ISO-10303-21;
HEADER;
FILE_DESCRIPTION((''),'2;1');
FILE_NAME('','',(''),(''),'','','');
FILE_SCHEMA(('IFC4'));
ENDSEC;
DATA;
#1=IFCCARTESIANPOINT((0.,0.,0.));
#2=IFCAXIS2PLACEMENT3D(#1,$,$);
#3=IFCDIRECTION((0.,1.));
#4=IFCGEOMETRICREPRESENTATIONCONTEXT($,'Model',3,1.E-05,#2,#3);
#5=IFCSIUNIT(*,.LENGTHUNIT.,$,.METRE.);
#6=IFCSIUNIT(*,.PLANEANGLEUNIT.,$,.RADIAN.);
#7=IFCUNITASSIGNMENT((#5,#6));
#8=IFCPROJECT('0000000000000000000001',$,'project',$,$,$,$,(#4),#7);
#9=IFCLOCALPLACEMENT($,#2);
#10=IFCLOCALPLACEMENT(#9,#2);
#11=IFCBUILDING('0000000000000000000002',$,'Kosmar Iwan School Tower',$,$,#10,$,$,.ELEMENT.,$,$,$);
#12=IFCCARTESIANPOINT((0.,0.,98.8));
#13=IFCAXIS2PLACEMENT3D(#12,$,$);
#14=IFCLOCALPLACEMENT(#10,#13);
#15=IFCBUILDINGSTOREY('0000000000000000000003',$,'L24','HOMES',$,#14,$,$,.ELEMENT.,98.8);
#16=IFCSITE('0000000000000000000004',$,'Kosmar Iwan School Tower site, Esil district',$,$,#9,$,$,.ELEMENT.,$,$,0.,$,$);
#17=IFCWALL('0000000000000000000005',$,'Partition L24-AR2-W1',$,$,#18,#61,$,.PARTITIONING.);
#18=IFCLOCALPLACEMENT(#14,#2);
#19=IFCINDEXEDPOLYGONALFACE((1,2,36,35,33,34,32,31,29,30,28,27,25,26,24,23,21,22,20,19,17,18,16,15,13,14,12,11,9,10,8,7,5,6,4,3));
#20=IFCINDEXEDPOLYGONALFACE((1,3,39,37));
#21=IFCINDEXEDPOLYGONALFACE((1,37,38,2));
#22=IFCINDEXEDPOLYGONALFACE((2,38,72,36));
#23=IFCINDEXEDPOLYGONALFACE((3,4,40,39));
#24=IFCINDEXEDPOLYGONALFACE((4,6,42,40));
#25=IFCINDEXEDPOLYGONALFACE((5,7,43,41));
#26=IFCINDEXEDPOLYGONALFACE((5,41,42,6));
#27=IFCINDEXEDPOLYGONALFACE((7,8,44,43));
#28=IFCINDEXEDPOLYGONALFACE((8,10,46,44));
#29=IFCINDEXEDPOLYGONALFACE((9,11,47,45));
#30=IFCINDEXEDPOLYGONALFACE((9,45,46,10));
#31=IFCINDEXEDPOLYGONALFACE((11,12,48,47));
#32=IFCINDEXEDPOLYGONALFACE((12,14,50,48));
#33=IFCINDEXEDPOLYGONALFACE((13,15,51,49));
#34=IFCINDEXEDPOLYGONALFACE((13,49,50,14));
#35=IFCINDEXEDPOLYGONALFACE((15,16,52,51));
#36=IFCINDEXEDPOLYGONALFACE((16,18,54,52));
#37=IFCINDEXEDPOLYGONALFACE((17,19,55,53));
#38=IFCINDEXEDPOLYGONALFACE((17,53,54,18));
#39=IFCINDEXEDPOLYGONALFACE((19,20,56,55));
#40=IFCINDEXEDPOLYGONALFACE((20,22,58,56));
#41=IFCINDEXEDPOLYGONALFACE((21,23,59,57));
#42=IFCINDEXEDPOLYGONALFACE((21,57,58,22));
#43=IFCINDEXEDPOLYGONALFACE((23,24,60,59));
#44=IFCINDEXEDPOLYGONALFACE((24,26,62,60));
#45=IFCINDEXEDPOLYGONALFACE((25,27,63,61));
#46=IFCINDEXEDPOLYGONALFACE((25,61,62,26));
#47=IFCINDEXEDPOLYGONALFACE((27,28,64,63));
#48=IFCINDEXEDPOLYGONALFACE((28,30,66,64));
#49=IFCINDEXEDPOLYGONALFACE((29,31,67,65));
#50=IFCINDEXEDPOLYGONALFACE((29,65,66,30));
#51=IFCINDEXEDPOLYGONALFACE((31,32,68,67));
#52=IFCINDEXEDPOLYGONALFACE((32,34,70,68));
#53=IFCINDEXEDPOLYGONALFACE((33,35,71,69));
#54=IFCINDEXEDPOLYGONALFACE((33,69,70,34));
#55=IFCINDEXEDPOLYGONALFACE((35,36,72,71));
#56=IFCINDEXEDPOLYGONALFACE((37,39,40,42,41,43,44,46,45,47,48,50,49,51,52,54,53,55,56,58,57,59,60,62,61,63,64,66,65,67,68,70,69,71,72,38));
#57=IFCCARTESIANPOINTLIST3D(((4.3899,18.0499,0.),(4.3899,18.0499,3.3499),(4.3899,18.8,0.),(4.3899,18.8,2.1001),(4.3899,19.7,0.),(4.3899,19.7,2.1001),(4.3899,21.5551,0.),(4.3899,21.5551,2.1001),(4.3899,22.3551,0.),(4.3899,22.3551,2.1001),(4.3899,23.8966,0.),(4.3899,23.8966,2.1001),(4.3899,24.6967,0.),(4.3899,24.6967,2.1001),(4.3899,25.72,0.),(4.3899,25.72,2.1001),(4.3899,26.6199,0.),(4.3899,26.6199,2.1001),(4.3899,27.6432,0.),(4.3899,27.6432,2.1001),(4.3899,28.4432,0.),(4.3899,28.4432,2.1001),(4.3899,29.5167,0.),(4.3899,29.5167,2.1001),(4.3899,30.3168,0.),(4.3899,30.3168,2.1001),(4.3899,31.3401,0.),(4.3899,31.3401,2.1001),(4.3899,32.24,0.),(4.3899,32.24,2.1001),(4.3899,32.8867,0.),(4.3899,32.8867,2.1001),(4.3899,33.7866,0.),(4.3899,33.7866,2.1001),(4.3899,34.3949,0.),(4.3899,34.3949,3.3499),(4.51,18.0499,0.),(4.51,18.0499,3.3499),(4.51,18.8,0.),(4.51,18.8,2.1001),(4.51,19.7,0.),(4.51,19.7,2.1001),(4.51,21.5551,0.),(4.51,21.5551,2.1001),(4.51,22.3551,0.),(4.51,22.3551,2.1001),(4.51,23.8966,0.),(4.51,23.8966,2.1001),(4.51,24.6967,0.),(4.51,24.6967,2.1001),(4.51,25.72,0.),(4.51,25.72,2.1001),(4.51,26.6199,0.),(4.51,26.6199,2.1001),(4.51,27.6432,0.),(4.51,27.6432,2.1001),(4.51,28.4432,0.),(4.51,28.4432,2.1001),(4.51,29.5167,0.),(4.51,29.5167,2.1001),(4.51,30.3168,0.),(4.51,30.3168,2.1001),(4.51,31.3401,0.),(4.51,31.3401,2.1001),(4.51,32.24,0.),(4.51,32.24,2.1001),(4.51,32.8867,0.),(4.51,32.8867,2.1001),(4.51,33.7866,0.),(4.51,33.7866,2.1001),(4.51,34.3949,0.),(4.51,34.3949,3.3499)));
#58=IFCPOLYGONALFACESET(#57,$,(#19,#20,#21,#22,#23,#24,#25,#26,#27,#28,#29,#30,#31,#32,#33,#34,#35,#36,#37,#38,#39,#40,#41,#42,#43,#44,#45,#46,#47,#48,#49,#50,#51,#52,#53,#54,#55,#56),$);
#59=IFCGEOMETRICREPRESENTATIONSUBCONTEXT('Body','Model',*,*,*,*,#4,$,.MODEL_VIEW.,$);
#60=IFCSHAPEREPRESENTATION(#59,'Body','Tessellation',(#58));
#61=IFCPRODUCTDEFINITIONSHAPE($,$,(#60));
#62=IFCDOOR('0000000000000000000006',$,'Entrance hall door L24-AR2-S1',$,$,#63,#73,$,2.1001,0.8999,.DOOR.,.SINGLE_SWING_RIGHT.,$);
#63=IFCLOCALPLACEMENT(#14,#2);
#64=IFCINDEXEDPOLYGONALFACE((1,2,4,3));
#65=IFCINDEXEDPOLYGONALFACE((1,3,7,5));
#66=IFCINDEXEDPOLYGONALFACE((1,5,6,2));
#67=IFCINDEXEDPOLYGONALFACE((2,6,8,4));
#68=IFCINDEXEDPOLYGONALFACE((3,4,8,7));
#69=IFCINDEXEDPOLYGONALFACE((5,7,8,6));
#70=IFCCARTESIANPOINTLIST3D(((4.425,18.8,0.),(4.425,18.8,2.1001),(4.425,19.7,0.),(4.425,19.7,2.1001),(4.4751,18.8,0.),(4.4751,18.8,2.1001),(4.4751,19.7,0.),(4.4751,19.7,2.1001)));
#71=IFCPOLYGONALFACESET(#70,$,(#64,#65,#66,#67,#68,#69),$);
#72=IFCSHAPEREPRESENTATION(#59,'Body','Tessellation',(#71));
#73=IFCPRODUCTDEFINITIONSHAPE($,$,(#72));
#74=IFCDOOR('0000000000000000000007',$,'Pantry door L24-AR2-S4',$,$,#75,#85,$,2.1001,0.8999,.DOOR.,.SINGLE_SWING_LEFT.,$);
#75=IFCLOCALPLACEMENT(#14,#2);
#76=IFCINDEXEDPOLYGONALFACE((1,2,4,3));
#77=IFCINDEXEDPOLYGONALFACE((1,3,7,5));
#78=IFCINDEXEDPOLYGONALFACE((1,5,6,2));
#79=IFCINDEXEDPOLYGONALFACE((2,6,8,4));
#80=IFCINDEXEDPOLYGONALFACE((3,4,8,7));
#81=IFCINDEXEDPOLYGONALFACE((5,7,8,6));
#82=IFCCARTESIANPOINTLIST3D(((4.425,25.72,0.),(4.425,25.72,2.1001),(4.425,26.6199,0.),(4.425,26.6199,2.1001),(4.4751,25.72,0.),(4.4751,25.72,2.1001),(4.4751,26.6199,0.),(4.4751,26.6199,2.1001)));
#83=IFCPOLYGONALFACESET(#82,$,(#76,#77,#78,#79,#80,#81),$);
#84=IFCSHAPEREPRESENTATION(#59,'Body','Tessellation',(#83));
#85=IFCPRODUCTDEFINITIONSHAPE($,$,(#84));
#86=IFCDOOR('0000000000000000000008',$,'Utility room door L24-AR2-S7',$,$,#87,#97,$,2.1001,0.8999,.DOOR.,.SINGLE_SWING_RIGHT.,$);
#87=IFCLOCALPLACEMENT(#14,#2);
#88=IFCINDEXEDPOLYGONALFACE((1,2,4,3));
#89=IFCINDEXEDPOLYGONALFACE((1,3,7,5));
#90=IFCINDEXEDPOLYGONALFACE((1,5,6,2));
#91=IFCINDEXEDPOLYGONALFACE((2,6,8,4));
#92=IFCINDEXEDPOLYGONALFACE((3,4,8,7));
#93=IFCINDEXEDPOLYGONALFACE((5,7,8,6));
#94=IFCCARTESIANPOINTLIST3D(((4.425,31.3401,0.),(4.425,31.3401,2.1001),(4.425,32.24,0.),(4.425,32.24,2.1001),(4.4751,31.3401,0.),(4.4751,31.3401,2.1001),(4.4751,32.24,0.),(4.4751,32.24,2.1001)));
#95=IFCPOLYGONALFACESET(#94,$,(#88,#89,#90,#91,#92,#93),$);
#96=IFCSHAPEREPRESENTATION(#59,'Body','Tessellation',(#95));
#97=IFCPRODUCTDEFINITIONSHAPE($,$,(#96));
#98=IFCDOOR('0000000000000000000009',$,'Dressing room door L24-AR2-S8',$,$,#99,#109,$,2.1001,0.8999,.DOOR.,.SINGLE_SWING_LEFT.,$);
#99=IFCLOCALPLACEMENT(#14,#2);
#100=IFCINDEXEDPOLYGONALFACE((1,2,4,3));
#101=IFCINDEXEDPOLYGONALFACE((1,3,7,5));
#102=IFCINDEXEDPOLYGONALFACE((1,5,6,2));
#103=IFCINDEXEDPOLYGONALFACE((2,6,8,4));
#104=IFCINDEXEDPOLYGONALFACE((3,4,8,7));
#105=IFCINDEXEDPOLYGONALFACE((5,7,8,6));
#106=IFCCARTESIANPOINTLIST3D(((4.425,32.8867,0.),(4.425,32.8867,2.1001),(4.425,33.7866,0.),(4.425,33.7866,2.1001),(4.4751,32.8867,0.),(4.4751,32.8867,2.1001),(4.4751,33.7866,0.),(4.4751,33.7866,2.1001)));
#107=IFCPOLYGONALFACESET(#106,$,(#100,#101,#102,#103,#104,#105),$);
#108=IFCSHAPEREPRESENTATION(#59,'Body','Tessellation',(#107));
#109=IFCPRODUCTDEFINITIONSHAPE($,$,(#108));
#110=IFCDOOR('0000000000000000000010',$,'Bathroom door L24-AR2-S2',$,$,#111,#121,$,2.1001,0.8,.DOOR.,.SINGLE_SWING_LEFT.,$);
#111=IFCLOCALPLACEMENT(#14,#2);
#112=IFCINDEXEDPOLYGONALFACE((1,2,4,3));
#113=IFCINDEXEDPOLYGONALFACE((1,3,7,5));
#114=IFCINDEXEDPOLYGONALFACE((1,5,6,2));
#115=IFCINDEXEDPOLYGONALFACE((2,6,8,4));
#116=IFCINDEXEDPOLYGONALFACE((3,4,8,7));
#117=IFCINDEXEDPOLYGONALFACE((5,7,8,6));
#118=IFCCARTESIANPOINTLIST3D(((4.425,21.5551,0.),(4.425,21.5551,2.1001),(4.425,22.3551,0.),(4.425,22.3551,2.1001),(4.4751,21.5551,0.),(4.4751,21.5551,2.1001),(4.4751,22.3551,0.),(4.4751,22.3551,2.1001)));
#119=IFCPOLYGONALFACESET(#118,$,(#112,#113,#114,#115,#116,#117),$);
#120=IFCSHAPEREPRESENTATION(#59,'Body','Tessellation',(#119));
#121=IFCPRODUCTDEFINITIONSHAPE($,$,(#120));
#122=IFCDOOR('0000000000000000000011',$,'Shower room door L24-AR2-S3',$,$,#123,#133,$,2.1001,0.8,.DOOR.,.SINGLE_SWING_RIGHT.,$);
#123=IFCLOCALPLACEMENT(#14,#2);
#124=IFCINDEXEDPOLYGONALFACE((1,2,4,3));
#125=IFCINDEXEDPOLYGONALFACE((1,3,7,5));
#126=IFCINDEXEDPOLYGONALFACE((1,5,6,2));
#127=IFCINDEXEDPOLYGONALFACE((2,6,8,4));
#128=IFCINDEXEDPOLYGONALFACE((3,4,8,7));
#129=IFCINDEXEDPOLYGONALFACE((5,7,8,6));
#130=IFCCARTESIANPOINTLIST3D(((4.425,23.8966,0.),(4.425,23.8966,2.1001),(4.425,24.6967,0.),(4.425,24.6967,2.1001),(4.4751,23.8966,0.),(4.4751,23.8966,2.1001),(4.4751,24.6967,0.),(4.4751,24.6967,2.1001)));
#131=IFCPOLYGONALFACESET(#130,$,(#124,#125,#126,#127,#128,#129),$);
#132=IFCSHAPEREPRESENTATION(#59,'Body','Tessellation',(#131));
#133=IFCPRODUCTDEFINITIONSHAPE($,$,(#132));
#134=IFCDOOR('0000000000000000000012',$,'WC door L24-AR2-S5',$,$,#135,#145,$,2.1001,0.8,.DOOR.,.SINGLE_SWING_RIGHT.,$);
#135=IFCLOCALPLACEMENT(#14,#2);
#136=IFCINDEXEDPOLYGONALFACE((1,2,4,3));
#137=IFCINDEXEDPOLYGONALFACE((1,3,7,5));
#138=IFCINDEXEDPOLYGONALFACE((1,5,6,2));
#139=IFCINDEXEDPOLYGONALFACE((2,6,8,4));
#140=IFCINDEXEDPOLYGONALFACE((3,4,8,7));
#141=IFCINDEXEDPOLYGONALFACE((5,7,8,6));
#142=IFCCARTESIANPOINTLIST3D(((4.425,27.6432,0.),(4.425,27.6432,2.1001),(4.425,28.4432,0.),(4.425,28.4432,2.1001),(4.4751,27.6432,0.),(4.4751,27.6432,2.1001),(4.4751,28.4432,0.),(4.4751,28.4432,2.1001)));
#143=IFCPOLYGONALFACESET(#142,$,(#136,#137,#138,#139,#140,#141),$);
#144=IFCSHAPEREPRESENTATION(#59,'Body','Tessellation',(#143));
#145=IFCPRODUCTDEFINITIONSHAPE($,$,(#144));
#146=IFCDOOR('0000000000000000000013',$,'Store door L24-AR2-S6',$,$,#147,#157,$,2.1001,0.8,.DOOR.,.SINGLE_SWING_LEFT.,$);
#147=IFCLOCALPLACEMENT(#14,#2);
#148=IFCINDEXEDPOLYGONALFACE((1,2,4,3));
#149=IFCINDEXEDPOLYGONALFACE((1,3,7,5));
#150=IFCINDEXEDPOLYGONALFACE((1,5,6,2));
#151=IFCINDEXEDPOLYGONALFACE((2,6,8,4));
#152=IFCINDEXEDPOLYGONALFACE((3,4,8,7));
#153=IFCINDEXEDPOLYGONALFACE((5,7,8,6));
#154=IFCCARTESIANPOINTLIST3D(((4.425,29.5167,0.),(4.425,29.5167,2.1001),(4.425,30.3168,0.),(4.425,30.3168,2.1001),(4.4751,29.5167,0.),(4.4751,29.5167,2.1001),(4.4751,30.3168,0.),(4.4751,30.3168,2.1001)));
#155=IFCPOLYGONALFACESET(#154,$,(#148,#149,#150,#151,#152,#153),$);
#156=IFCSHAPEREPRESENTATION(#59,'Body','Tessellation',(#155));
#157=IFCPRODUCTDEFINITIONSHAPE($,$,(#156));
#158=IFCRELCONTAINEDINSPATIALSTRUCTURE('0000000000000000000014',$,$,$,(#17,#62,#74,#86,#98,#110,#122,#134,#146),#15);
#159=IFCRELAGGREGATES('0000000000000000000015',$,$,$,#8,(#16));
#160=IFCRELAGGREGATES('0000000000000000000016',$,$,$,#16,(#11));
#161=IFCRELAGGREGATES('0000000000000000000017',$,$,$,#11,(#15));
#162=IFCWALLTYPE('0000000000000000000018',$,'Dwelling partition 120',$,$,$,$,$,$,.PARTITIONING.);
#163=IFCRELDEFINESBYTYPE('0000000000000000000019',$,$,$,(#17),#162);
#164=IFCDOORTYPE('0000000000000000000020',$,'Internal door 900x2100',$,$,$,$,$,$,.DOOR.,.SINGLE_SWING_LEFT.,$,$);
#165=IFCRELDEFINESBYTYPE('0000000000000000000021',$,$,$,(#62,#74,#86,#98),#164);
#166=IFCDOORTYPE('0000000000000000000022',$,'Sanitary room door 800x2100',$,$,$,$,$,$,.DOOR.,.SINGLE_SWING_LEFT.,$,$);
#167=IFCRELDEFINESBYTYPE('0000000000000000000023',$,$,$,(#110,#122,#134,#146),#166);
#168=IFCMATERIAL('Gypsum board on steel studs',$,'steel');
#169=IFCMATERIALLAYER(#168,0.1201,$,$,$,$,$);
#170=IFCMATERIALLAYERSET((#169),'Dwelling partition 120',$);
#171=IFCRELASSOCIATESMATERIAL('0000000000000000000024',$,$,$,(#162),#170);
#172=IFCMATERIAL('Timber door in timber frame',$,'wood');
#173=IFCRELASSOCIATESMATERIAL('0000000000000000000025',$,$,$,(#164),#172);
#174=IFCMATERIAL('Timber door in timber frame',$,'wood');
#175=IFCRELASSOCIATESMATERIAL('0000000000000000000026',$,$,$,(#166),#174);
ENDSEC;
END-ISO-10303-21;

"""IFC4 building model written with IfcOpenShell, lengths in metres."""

from ifc_helpers import new_model, si_unit, direction, frame, frame_2d, origin, place, context, subcontext, project, spatial, rectangle, extrude, material, layer, layer_set, type_object, element, fill, save


model = new_model("IFC4")

# Units and contexts
model_context = context("Model", 3, precision=1e-05, world=origin(), true_north=direction((0.0, 1.0)))
body_context = subcontext(model_context, "Body", "Model", "MODEL_VIEW")
ifc_project = project(units=[si_unit("LENGTHUNIT", "METRE"), si_unit("PLANEANGLEUNIT", "RADIAN")], contexts=[model_context])

# Site, building, storey
site_placement = place(None, origin())
site = spatial("IfcSite", under=ifc_project, at=site_placement, Name="Kosmar Iwan School Tower site, Esil district", CompositionType="ELEMENT", RefElevation=0.0)
building_placement = place(site_placement, origin())
building = spatial("IfcBuilding", under=site, at=building_placement, Name="Kosmar Iwan School Tower", CompositionType="ELEMENT")
storey_placement = place(building_placement, frame((0.0, 0.0, 98.8)))
storey = spatial("IfcBuildingStorey", under=building, at=storey_placement, Name="L24", Description="HOMES", CompositionType="ELEMENT", Elevation=98.8)

# Shared definitions
ifc_material_1 = material(Name="Gypsum board on steel studs", Category="steel")
ifc_layer_1 = layer(ifc_material_1, 0.1201)
ifc_layer_set_1 = layer_set([ifc_layer_1], Name="Dwelling partition 120")
wall_type_1 = type_object("IfcWallType", Name="Dwelling partition 120", PredefinedType="PARTITIONING", material=ifc_layer_set_1)
ifc_material_2 = material(Name="Timber door in timber frame", Category="wood")
door_type_1 = type_object("IfcDoorType", Name="Internal door 900x2100", OperationType="SINGLE_SWING_LEFT", PredefinedType="DOOR", material=ifc_material_2)

# Wall, openings, doors
wall_1_placement = place(storey_placement, frame((4.45, 18.05, 0.0), z_axis=(0.0, 0.0, 1.0), x_axis=(0.0, 1.0, 0.0)))
wall_1 = element("IfcWall", 1, at=wall_1_placement, inside=storey, type_object=wall_type_1, Name="Partition L24-AR2-W1", PredefinedType="PARTITIONING", context=body_context, shape_type="SweptSolid", body=[
    extrude(rectangle(XDim=16.345, YDim=0.1201, at=frame_2d((8.1724, 0.0))), origin(), (0.0, 0.0, 1.0), 3.3499),
])
opening_1_placement = place(wall_1_placement, frame((0.75, 0.0, 0.0)))
opening_1 = element("IfcOpeningElement", 2, at=opening_1_placement, cuts=wall_1, PredefinedType="OPENING", context=body_context, shape_type="SweptSolid", body=[
    extrude(rectangle(XDim=0.8999, YDim=2.1001, at=frame_2d((0.45, 1.05))), frame((0.0, 0.072, 0.0), z_axis=(0.0, -1.0, 0.0), x_axis=(1.0, 0.0, 0.0)), (0.0, 0.0, 1.0), 0.144),
])
opening_2_placement = place(wall_1_placement, frame((3.5051, 0.0, 0.0)))
opening_2 = element("IfcOpeningElement", 3, at=opening_2_placement, cuts=wall_1, PredefinedType="OPENING", context=body_context, shape_type="SweptSolid", body=[
    extrude(rectangle(XDim=0.8, YDim=2.1001, at=frame_2d((0.3999, 1.05))), frame((0.0, 0.072, 0.0), z_axis=(0.0, -1.0, 0.0), x_axis=(1.0, 0.0, 0.0)), (0.0, 0.0, 1.0), 0.144),
])
opening_3_placement = place(wall_1_placement, frame((5.8467, 0.0, 0.0)))
opening_3 = element("IfcOpeningElement", 4, at=opening_3_placement, cuts=wall_1, PredefinedType="OPENING", context=body_context, shape_type="SweptSolid", body=[
    extrude(rectangle(XDim=0.8, YDim=2.1001, at=frame_2d((0.3999, 1.05))), frame((0.0, 0.072, 0.0), z_axis=(0.0, -1.0, 0.0), x_axis=(1.0, 0.0, 0.0)), (0.0, 0.0, 1.0), 0.144),
])
opening_4_placement = place(wall_1_placement, frame((7.6699, 0.0, 0.0)))
opening_4 = element("IfcOpeningElement", 5, at=opening_4_placement, cuts=wall_1, PredefinedType="OPENING", context=body_context, shape_type="SweptSolid", body=[
    extrude(rectangle(XDim=0.8999, YDim=2.1001, at=frame_2d((0.45, 1.05))), frame((0.0, 0.072, 0.0), z_axis=(0.0, -1.0, 0.0), x_axis=(1.0, 0.0, 0.0)), (0.0, 0.0, 1.0), 0.144),
])
opening_5_placement = place(wall_1_placement, frame((9.5933, 0.0, 0.0)))
opening_5 = element("IfcOpeningElement", 6, at=opening_5_placement, cuts=wall_1, PredefinedType="OPENING", context=body_context, shape_type="SweptSolid", body=[
    extrude(rectangle(XDim=0.8, YDim=2.1001, at=frame_2d((0.3999, 1.05))), frame((0.0, 0.072, 0.0), z_axis=(0.0, -1.0, 0.0), x_axis=(1.0, 0.0, 0.0)), (0.0, 0.0, 1.0), 0.144),
])
opening_6_placement = place(wall_1_placement, frame((11.4668, 0.0, 0.0)))
opening_6 = element("IfcOpeningElement", 7, at=opening_6_placement, cuts=wall_1, PredefinedType="OPENING", context=body_context, shape_type="SweptSolid", body=[
    extrude(rectangle(XDim=0.8, YDim=2.1001, at=frame_2d((0.3999, 1.05))), frame((0.0, 0.072, 0.0), z_axis=(0.0, -1.0, 0.0), x_axis=(1.0, 0.0, 0.0)), (0.0, 0.0, 1.0), 0.144),
])
opening_7_placement = place(wall_1_placement, frame((13.29, 0.0, 0.0)))
opening_7 = element("IfcOpeningElement", 8, at=opening_7_placement, cuts=wall_1, PredefinedType="OPENING", context=body_context, shape_type="SweptSolid", body=[
    extrude(rectangle(XDim=0.8999, YDim=2.1001, at=frame_2d((0.45, 1.05))), frame((0.0, 0.072, 0.0), z_axis=(0.0, -1.0, 0.0), x_axis=(1.0, 0.0, 0.0)), (0.0, 0.0, 1.0), 0.144),
])
opening_8_placement = place(wall_1_placement, frame((14.8367, 0.0, 0.0)))
opening_8 = element("IfcOpeningElement", 9, at=opening_8_placement, cuts=wall_1, PredefinedType="OPENING", context=body_context, shape_type="SweptSolid", body=[
    extrude(rectangle(XDim=0.8999, YDim=2.1001, at=frame_2d((0.45, 1.05))), frame((0.0, 0.072, 0.0), z_axis=(0.0, -1.0, 0.0), x_axis=(1.0, 0.0, 0.0)), (0.0, 0.0, 1.0), 0.144),
])
door_1_placement = place(opening_1_placement, origin())
door_1 = element("IfcDoor", 10, at=door_1_placement, inside=storey, type_object=door_type_1, Name="Entrance hall door L24-AR2-S1", OperationType="SINGLE_SWING_RIGHT", OverallHeight=2.1001, OverallWidth=0.8999, PredefinedType="DOOR", context=body_context, shape_type="SweptSolid", body=[
    extrude(rectangle(XDim=0.8999, YDim=2.1001, at=frame_2d((0.45, 1.05))), frame((0.0, 0.0249, 0.0), z_axis=(0.0, -1.0, 0.0), x_axis=(1.0, 0.0, 0.0)), (0.0, 0.0, 1.0), 0.05),
])
fill(opening_1, door_1)
door_2_placement = place(opening_4_placement, origin())
door_2 = element("IfcDoor", 11, at=door_2_placement, inside=storey, type_object=door_type_1, Name="Pantry door L24-AR2-S4", OperationType="SINGLE_SWING_LEFT", OverallHeight=2.1001, OverallWidth=0.8999, PredefinedType="DOOR", context=body_context, shape_type="SweptSolid", body=[
    extrude(rectangle(XDim=0.8999, YDim=2.1001, at=frame_2d((0.45, 1.05))), frame((0.0, 0.0249, 0.0), z_axis=(0.0, -1.0, 0.0), x_axis=(1.0, 0.0, 0.0)), (0.0, 0.0, 1.0), 0.05),
])
fill(opening_4, door_2)
door_3_placement = place(opening_7_placement, origin())
door_3 = element("IfcDoor", 12, at=door_3_placement, inside=storey, type_object=door_type_1, Name="Utility room door L24-AR2-S7", OperationType="SINGLE_SWING_RIGHT", OverallHeight=2.1001, OverallWidth=0.8999, PredefinedType="DOOR", context=body_context, shape_type="SweptSolid", body=[
    extrude(rectangle(XDim=0.8999, YDim=2.1001, at=frame_2d((0.45, 1.05))), frame((0.0, 0.0249, 0.0), z_axis=(0.0, -1.0, 0.0), x_axis=(1.0, 0.0, 0.0)), (0.0, 0.0, 1.0), 0.05),
])
fill(opening_7, door_3)
door_4_placement = place(opening_8_placement, origin())
door_4 = element("IfcDoor", 13, at=door_4_placement, inside=storey, type_object=door_type_1, Name="Dressing room door L24-AR2-S8", OperationType="SINGLE_SWING_LEFT", OverallHeight=2.1001, OverallWidth=0.8999, PredefinedType="DOOR", context=body_context, shape_type="SweptSolid", body=[
    extrude(rectangle(XDim=0.8999, YDim=2.1001, at=frame_2d((0.45, 1.05))), frame((0.0, 0.0249, 0.0), z_axis=(0.0, -1.0, 0.0), x_axis=(1.0, 0.0, 0.0)), (0.0, 0.0, 1.0), 0.05),
])
fill(opening_8, door_4)
ifc_material_3 = material(Name="Timber door in timber frame", Category="wood")
door_type_2 = type_object("IfcDoorType", Name="Sanitary room door 800x2100", OperationType="SINGLE_SWING_LEFT", PredefinedType="DOOR", material=ifc_material_3)
door_5_placement = place(opening_2_placement, origin())
door_5 = element("IfcDoor", 14, at=door_5_placement, inside=storey, type_object=door_type_2, Name="Bathroom door L24-AR2-S2", OperationType="SINGLE_SWING_LEFT", OverallHeight=2.1001, OverallWidth=0.8, PredefinedType="DOOR", context=body_context, shape_type="SweptSolid", body=[
    extrude(rectangle(XDim=0.8, YDim=2.1001, at=frame_2d((0.3999, 1.05))), frame((0.0, 0.0249, 0.0), z_axis=(0.0, -1.0, 0.0), x_axis=(1.0, 0.0, 0.0)), (0.0, 0.0, 1.0), 0.05),
])
fill(opening_2, door_5)
door_6_placement = place(opening_3_placement, origin())
door_6 = element("IfcDoor", 15, at=door_6_placement, inside=storey, type_object=door_type_2, Name="Shower room door L24-AR2-S3", OperationType="SINGLE_SWING_RIGHT", OverallHeight=2.1001, OverallWidth=0.8, PredefinedType="DOOR", context=body_context, shape_type="SweptSolid", body=[
    extrude(rectangle(XDim=0.8, YDim=2.1001, at=frame_2d((0.3999, 1.05))), frame((0.0, 0.0249, 0.0), z_axis=(0.0, -1.0, 0.0), x_axis=(1.0, 0.0, 0.0)), (0.0, 0.0, 1.0), 0.05),
])
fill(opening_3, door_6)
door_7_placement = place(opening_5_placement, origin())
door_7 = element("IfcDoor", 16, at=door_7_placement, inside=storey, type_object=door_type_2, Name="WC door L24-AR2-S5", OperationType="SINGLE_SWING_RIGHT", OverallHeight=2.1001, OverallWidth=0.8, PredefinedType="DOOR", context=body_context, shape_type="SweptSolid", body=[
    extrude(rectangle(XDim=0.8, YDim=2.1001, at=frame_2d((0.3999, 1.05))), frame((0.0, 0.0249, 0.0), z_axis=(0.0, -1.0, 0.0), x_axis=(1.0, 0.0, 0.0)), (0.0, 0.0, 1.0), 0.05),
])
fill(opening_5, door_7)
door_8_placement = place(opening_6_placement, origin())
door_8 = element("IfcDoor", 17, at=door_8_placement, inside=storey, type_object=door_type_2, Name="Store door L24-AR2-S6", OperationType="SINGLE_SWING_LEFT", OverallHeight=2.1001, OverallWidth=0.8, PredefinedType="DOOR", context=body_context, shape_type="SweptSolid", body=[
    extrude(rectangle(XDim=0.8, YDim=2.1001, at=frame_2d((0.3999, 1.05))), frame((0.0, 0.0249, 0.0), z_axis=(0.0, -1.0, 0.0), x_axis=(1.0, 0.0, 0.0)), (0.0, 0.0, 1.0), 0.05),
])
fill(opening_6, door_8)

save(model, "model.ifc")
